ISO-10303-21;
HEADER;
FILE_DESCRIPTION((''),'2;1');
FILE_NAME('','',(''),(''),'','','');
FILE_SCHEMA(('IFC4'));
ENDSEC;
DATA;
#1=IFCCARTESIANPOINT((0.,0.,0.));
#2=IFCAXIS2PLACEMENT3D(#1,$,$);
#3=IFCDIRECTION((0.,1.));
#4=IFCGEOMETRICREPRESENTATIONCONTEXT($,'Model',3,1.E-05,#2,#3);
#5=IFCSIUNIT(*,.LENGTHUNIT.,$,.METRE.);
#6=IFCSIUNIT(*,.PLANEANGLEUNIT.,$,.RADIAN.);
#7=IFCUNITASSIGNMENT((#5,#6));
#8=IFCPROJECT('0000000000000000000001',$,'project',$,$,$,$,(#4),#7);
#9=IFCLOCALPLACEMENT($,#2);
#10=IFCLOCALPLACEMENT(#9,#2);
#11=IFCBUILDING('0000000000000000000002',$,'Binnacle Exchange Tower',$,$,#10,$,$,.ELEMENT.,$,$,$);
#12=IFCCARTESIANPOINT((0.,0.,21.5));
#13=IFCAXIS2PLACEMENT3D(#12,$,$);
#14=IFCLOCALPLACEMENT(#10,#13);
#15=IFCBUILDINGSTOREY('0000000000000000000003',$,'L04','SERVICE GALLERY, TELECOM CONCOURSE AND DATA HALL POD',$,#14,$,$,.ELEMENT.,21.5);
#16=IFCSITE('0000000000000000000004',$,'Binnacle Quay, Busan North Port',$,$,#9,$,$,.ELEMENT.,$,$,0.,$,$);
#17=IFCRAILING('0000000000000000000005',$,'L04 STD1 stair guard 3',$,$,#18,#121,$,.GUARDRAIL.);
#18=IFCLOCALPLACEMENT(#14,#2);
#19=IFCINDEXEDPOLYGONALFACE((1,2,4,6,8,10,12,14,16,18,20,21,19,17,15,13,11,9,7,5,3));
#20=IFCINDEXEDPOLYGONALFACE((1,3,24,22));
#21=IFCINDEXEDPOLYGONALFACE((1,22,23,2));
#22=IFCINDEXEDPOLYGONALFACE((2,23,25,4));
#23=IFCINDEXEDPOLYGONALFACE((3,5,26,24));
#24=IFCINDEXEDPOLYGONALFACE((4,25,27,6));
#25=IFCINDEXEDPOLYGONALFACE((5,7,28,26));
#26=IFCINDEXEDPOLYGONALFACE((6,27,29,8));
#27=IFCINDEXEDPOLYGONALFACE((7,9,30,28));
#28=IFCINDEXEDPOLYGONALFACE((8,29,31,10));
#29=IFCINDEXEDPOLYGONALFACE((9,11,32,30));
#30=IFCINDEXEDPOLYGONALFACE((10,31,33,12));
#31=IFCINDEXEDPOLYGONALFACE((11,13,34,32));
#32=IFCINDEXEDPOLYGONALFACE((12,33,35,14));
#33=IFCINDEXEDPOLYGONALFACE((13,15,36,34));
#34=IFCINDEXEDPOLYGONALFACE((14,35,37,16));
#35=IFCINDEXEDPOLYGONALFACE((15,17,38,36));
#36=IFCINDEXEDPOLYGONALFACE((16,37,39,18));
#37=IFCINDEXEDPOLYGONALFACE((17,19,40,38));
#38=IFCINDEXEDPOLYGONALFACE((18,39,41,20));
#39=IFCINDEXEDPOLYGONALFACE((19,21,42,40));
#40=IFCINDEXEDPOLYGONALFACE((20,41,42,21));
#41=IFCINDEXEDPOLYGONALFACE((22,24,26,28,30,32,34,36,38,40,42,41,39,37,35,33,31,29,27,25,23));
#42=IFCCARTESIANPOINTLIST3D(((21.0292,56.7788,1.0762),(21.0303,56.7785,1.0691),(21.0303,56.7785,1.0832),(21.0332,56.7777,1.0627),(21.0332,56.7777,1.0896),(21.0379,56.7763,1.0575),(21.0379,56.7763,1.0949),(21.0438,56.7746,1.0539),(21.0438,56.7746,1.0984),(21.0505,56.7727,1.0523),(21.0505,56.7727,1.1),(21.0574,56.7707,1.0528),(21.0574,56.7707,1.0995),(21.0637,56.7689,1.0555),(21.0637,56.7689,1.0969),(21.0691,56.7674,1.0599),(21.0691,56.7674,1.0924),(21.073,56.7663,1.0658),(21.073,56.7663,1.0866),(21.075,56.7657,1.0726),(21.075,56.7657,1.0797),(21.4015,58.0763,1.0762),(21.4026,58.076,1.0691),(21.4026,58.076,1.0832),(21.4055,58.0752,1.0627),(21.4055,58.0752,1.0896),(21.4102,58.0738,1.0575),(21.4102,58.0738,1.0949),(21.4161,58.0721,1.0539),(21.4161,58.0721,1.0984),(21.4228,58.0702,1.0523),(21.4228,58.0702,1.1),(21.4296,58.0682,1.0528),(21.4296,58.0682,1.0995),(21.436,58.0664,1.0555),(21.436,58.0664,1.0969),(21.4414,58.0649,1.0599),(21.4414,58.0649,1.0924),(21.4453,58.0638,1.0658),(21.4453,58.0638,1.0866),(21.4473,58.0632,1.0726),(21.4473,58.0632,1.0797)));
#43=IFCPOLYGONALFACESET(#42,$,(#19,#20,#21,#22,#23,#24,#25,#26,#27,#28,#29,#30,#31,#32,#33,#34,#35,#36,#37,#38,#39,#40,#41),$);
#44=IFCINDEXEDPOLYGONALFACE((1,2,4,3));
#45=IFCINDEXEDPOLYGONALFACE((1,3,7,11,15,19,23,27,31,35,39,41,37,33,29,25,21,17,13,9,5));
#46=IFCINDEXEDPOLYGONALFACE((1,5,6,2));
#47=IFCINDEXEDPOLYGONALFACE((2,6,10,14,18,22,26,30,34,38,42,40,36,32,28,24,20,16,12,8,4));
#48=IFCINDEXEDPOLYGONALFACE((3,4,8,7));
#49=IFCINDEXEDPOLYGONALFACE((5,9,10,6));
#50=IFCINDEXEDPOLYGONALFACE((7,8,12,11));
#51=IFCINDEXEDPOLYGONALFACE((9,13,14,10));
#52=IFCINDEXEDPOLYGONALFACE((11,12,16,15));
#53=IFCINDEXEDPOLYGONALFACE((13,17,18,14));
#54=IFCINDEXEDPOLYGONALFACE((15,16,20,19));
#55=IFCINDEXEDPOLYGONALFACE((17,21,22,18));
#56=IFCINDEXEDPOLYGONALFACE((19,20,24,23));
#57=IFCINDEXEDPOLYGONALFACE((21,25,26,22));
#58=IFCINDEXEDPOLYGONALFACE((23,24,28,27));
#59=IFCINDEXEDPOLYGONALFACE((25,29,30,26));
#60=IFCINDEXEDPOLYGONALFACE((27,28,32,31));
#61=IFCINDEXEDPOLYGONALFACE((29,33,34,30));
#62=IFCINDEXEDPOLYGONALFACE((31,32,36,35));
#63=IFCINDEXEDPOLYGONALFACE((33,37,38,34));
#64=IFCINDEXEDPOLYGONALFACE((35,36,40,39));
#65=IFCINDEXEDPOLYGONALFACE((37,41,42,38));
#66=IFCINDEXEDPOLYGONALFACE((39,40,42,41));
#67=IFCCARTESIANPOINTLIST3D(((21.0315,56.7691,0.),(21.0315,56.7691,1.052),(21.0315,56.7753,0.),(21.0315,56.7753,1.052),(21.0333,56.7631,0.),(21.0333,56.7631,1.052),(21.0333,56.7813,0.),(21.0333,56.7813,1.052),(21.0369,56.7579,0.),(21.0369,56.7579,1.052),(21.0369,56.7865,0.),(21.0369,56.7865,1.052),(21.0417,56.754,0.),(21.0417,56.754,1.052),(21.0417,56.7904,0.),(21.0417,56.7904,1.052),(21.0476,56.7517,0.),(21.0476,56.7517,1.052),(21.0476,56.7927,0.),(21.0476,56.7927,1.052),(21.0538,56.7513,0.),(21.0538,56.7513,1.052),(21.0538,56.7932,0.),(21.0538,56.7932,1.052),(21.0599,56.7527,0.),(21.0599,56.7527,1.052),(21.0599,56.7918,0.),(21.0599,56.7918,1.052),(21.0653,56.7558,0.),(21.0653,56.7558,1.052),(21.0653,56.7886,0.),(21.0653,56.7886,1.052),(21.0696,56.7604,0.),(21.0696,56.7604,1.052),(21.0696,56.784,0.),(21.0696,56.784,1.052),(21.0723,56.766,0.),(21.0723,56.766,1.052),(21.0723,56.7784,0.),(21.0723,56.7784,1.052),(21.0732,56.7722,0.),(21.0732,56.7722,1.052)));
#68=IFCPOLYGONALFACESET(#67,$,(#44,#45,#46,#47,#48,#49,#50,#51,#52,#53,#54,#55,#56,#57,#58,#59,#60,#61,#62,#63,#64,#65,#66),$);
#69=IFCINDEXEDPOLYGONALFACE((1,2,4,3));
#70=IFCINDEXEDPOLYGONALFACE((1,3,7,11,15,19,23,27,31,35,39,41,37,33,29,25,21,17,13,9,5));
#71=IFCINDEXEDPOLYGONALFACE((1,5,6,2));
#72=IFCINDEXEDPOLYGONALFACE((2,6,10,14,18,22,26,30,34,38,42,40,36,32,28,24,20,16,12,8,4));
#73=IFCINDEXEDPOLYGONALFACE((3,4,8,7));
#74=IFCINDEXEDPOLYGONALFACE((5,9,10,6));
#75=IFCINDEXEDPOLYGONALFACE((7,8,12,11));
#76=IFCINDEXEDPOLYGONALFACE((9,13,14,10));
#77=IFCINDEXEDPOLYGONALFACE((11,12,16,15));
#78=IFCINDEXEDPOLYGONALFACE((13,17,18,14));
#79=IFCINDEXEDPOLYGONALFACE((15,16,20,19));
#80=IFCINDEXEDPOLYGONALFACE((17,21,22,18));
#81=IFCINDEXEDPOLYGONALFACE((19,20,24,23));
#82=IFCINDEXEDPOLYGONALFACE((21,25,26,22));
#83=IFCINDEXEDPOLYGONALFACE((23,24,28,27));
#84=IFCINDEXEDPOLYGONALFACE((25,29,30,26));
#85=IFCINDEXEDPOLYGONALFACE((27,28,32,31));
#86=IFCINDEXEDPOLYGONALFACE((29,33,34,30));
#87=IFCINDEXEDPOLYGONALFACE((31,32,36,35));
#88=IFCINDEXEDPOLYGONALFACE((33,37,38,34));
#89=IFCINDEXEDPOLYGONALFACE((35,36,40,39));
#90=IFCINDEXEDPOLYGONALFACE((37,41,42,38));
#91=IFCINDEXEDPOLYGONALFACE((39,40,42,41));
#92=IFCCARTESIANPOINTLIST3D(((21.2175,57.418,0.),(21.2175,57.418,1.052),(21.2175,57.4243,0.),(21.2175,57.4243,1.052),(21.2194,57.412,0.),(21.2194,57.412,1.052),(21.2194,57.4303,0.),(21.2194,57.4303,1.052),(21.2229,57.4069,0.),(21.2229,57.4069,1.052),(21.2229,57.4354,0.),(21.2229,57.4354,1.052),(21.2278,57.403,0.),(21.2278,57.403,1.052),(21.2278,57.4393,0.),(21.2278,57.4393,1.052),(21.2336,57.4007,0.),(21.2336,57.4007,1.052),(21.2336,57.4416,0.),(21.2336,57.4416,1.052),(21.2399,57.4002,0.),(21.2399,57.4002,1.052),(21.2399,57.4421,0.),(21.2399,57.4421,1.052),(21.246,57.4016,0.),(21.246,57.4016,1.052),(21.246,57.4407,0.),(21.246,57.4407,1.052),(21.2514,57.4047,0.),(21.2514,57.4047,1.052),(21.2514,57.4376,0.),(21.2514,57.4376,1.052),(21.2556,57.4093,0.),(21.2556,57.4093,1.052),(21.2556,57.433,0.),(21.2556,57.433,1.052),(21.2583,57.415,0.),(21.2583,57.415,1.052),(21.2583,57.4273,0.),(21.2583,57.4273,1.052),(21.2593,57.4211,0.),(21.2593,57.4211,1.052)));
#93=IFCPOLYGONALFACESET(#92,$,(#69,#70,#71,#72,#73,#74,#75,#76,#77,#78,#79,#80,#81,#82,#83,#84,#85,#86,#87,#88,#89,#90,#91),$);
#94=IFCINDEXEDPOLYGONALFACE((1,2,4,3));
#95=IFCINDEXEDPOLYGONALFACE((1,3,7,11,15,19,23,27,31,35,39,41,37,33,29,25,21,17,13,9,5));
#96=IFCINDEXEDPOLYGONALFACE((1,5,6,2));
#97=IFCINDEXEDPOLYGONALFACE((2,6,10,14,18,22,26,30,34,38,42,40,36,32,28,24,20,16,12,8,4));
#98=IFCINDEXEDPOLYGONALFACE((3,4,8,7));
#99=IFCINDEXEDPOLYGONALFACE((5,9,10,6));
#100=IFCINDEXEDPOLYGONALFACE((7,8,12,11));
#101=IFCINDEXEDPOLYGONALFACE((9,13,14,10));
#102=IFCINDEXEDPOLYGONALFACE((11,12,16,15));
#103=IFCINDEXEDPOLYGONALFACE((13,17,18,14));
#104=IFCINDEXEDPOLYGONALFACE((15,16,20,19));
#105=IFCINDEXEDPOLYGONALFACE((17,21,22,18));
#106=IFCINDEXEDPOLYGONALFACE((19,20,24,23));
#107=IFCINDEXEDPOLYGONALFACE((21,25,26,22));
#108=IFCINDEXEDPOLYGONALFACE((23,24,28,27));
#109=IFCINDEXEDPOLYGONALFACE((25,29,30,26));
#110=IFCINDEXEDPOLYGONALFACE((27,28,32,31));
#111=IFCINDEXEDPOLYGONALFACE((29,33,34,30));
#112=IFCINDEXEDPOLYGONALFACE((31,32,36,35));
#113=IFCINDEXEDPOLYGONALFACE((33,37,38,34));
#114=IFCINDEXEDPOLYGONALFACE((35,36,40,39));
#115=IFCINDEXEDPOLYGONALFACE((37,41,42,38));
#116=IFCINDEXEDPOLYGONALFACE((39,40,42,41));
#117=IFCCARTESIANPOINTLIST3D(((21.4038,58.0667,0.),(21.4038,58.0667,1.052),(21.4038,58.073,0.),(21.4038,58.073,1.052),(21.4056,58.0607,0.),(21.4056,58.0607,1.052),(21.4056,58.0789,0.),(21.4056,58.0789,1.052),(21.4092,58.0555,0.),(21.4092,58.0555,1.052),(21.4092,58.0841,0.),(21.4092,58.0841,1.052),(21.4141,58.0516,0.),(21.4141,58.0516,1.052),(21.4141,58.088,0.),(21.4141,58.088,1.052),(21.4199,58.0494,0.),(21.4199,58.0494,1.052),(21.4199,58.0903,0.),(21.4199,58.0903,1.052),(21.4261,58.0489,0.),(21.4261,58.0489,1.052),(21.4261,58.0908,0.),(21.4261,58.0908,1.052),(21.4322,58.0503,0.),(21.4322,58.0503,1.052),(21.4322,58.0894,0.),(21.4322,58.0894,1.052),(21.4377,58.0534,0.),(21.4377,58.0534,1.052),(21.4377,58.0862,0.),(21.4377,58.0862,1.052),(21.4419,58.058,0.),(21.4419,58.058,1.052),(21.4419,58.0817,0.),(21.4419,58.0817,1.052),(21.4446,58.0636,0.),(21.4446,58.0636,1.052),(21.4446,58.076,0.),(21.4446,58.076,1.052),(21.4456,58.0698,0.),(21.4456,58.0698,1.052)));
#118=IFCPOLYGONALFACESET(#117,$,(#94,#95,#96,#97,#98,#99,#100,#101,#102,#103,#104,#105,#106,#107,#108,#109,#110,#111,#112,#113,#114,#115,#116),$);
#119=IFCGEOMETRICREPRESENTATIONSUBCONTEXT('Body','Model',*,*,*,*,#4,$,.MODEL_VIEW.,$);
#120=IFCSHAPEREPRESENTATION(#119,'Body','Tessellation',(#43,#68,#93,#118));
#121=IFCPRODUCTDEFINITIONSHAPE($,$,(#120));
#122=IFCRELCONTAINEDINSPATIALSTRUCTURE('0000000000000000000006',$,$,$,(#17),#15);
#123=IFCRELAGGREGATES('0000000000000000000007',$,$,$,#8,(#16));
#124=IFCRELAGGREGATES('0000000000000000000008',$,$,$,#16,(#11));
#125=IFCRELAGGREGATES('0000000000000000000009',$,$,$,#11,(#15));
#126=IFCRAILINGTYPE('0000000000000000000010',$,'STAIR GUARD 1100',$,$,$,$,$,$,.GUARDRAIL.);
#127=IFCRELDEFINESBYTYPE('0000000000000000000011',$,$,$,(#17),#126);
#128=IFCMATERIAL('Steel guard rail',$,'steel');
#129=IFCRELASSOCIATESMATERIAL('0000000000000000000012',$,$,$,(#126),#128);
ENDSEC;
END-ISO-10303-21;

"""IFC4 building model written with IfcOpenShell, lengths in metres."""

from ifc_helpers import new_model, si_unit, direction, frame, origin, origin_2d, place, context, subcontext, project, spatial, circle, extrude, material, type_object, element, save


model = new_model("IFC4")

# Units and contexts
model_context = context("Model", 3, precision=1e-05, world=origin(), true_north=direction((0.0, 1.0)))
body_context = subcontext(model_context, "Body", "Model", "MODEL_VIEW")
ifc_project = project(units=[si_unit("LENGTHUNIT", "METRE"), si_unit("PLANEANGLEUNIT", "RADIAN")], contexts=[model_context])

# Site, building, storey
site_placement = place(None, origin())
site = spatial("IfcSite", under=ifc_project, at=site_placement, Name="Binnacle Quay, Busan North Port", CompositionType="ELEMENT", RefElevation=0.0)
building_placement = place(site_placement, origin())
building = spatial("IfcBuilding", under=site, at=building_placement, Name="Binnacle Exchange Tower", CompositionType="ELEMENT")
storey_placement = place(building_placement, frame((0.0, 0.0, 21.5)))
storey = spatial("IfcBuildingStorey", under=building, at=storey_placement, Name="L04", Description="SERVICE GALLERY, TELECOM CONCOURSE AND DATA HALL POD", CompositionType="ELEMENT", Elevation=21.5)

# Railing
ifc_material_1 = material(Name="Steel guard rail", Category="steel")
railing_type_1 = type_object("IfcRailingType", Name="STAIR GUARD 1100", PredefinedType="GUARDRAIL", material=ifc_material_1)
railing_1_placement = place(storey_placement, frame((21.0522, 56.7722, 0.0)))
element("IfcRailing", 1, at=railing_1_placement, inside=storey, type_object=railing_type_1, Name="L04 STD1 stair guard 3", PredefinedType="GUARDRAIL", context=body_context, shape_type="SweptSolid", body=[
    extrude(circle(Radius=0.0239, at=origin_2d()), frame((0.0, 0.0, 1.0762), z_axis=(0.275796, 0.961216, 0.0), x_axis=(-0.961216, 0.275796, 0.0)), (0.0, 0.0, 1.0), 1.3499),
    extrude(circle(Radius=0.021, at=origin_2d()), origin(), (0.0, 0.0, 1.0), 1.052),
    extrude(circle(Radius=0.021, at=origin_2d()), frame((0.186, 0.6489, 0.0)), (0.0, 0.0, 1.0), 1.052),
    extrude(circle(Radius=0.021, at=origin_2d()), frame((0.3723, 1.2976, 0.0)), (0.0, 0.0, 1.0), 1.052),
])

save(model, "model.ifc")
